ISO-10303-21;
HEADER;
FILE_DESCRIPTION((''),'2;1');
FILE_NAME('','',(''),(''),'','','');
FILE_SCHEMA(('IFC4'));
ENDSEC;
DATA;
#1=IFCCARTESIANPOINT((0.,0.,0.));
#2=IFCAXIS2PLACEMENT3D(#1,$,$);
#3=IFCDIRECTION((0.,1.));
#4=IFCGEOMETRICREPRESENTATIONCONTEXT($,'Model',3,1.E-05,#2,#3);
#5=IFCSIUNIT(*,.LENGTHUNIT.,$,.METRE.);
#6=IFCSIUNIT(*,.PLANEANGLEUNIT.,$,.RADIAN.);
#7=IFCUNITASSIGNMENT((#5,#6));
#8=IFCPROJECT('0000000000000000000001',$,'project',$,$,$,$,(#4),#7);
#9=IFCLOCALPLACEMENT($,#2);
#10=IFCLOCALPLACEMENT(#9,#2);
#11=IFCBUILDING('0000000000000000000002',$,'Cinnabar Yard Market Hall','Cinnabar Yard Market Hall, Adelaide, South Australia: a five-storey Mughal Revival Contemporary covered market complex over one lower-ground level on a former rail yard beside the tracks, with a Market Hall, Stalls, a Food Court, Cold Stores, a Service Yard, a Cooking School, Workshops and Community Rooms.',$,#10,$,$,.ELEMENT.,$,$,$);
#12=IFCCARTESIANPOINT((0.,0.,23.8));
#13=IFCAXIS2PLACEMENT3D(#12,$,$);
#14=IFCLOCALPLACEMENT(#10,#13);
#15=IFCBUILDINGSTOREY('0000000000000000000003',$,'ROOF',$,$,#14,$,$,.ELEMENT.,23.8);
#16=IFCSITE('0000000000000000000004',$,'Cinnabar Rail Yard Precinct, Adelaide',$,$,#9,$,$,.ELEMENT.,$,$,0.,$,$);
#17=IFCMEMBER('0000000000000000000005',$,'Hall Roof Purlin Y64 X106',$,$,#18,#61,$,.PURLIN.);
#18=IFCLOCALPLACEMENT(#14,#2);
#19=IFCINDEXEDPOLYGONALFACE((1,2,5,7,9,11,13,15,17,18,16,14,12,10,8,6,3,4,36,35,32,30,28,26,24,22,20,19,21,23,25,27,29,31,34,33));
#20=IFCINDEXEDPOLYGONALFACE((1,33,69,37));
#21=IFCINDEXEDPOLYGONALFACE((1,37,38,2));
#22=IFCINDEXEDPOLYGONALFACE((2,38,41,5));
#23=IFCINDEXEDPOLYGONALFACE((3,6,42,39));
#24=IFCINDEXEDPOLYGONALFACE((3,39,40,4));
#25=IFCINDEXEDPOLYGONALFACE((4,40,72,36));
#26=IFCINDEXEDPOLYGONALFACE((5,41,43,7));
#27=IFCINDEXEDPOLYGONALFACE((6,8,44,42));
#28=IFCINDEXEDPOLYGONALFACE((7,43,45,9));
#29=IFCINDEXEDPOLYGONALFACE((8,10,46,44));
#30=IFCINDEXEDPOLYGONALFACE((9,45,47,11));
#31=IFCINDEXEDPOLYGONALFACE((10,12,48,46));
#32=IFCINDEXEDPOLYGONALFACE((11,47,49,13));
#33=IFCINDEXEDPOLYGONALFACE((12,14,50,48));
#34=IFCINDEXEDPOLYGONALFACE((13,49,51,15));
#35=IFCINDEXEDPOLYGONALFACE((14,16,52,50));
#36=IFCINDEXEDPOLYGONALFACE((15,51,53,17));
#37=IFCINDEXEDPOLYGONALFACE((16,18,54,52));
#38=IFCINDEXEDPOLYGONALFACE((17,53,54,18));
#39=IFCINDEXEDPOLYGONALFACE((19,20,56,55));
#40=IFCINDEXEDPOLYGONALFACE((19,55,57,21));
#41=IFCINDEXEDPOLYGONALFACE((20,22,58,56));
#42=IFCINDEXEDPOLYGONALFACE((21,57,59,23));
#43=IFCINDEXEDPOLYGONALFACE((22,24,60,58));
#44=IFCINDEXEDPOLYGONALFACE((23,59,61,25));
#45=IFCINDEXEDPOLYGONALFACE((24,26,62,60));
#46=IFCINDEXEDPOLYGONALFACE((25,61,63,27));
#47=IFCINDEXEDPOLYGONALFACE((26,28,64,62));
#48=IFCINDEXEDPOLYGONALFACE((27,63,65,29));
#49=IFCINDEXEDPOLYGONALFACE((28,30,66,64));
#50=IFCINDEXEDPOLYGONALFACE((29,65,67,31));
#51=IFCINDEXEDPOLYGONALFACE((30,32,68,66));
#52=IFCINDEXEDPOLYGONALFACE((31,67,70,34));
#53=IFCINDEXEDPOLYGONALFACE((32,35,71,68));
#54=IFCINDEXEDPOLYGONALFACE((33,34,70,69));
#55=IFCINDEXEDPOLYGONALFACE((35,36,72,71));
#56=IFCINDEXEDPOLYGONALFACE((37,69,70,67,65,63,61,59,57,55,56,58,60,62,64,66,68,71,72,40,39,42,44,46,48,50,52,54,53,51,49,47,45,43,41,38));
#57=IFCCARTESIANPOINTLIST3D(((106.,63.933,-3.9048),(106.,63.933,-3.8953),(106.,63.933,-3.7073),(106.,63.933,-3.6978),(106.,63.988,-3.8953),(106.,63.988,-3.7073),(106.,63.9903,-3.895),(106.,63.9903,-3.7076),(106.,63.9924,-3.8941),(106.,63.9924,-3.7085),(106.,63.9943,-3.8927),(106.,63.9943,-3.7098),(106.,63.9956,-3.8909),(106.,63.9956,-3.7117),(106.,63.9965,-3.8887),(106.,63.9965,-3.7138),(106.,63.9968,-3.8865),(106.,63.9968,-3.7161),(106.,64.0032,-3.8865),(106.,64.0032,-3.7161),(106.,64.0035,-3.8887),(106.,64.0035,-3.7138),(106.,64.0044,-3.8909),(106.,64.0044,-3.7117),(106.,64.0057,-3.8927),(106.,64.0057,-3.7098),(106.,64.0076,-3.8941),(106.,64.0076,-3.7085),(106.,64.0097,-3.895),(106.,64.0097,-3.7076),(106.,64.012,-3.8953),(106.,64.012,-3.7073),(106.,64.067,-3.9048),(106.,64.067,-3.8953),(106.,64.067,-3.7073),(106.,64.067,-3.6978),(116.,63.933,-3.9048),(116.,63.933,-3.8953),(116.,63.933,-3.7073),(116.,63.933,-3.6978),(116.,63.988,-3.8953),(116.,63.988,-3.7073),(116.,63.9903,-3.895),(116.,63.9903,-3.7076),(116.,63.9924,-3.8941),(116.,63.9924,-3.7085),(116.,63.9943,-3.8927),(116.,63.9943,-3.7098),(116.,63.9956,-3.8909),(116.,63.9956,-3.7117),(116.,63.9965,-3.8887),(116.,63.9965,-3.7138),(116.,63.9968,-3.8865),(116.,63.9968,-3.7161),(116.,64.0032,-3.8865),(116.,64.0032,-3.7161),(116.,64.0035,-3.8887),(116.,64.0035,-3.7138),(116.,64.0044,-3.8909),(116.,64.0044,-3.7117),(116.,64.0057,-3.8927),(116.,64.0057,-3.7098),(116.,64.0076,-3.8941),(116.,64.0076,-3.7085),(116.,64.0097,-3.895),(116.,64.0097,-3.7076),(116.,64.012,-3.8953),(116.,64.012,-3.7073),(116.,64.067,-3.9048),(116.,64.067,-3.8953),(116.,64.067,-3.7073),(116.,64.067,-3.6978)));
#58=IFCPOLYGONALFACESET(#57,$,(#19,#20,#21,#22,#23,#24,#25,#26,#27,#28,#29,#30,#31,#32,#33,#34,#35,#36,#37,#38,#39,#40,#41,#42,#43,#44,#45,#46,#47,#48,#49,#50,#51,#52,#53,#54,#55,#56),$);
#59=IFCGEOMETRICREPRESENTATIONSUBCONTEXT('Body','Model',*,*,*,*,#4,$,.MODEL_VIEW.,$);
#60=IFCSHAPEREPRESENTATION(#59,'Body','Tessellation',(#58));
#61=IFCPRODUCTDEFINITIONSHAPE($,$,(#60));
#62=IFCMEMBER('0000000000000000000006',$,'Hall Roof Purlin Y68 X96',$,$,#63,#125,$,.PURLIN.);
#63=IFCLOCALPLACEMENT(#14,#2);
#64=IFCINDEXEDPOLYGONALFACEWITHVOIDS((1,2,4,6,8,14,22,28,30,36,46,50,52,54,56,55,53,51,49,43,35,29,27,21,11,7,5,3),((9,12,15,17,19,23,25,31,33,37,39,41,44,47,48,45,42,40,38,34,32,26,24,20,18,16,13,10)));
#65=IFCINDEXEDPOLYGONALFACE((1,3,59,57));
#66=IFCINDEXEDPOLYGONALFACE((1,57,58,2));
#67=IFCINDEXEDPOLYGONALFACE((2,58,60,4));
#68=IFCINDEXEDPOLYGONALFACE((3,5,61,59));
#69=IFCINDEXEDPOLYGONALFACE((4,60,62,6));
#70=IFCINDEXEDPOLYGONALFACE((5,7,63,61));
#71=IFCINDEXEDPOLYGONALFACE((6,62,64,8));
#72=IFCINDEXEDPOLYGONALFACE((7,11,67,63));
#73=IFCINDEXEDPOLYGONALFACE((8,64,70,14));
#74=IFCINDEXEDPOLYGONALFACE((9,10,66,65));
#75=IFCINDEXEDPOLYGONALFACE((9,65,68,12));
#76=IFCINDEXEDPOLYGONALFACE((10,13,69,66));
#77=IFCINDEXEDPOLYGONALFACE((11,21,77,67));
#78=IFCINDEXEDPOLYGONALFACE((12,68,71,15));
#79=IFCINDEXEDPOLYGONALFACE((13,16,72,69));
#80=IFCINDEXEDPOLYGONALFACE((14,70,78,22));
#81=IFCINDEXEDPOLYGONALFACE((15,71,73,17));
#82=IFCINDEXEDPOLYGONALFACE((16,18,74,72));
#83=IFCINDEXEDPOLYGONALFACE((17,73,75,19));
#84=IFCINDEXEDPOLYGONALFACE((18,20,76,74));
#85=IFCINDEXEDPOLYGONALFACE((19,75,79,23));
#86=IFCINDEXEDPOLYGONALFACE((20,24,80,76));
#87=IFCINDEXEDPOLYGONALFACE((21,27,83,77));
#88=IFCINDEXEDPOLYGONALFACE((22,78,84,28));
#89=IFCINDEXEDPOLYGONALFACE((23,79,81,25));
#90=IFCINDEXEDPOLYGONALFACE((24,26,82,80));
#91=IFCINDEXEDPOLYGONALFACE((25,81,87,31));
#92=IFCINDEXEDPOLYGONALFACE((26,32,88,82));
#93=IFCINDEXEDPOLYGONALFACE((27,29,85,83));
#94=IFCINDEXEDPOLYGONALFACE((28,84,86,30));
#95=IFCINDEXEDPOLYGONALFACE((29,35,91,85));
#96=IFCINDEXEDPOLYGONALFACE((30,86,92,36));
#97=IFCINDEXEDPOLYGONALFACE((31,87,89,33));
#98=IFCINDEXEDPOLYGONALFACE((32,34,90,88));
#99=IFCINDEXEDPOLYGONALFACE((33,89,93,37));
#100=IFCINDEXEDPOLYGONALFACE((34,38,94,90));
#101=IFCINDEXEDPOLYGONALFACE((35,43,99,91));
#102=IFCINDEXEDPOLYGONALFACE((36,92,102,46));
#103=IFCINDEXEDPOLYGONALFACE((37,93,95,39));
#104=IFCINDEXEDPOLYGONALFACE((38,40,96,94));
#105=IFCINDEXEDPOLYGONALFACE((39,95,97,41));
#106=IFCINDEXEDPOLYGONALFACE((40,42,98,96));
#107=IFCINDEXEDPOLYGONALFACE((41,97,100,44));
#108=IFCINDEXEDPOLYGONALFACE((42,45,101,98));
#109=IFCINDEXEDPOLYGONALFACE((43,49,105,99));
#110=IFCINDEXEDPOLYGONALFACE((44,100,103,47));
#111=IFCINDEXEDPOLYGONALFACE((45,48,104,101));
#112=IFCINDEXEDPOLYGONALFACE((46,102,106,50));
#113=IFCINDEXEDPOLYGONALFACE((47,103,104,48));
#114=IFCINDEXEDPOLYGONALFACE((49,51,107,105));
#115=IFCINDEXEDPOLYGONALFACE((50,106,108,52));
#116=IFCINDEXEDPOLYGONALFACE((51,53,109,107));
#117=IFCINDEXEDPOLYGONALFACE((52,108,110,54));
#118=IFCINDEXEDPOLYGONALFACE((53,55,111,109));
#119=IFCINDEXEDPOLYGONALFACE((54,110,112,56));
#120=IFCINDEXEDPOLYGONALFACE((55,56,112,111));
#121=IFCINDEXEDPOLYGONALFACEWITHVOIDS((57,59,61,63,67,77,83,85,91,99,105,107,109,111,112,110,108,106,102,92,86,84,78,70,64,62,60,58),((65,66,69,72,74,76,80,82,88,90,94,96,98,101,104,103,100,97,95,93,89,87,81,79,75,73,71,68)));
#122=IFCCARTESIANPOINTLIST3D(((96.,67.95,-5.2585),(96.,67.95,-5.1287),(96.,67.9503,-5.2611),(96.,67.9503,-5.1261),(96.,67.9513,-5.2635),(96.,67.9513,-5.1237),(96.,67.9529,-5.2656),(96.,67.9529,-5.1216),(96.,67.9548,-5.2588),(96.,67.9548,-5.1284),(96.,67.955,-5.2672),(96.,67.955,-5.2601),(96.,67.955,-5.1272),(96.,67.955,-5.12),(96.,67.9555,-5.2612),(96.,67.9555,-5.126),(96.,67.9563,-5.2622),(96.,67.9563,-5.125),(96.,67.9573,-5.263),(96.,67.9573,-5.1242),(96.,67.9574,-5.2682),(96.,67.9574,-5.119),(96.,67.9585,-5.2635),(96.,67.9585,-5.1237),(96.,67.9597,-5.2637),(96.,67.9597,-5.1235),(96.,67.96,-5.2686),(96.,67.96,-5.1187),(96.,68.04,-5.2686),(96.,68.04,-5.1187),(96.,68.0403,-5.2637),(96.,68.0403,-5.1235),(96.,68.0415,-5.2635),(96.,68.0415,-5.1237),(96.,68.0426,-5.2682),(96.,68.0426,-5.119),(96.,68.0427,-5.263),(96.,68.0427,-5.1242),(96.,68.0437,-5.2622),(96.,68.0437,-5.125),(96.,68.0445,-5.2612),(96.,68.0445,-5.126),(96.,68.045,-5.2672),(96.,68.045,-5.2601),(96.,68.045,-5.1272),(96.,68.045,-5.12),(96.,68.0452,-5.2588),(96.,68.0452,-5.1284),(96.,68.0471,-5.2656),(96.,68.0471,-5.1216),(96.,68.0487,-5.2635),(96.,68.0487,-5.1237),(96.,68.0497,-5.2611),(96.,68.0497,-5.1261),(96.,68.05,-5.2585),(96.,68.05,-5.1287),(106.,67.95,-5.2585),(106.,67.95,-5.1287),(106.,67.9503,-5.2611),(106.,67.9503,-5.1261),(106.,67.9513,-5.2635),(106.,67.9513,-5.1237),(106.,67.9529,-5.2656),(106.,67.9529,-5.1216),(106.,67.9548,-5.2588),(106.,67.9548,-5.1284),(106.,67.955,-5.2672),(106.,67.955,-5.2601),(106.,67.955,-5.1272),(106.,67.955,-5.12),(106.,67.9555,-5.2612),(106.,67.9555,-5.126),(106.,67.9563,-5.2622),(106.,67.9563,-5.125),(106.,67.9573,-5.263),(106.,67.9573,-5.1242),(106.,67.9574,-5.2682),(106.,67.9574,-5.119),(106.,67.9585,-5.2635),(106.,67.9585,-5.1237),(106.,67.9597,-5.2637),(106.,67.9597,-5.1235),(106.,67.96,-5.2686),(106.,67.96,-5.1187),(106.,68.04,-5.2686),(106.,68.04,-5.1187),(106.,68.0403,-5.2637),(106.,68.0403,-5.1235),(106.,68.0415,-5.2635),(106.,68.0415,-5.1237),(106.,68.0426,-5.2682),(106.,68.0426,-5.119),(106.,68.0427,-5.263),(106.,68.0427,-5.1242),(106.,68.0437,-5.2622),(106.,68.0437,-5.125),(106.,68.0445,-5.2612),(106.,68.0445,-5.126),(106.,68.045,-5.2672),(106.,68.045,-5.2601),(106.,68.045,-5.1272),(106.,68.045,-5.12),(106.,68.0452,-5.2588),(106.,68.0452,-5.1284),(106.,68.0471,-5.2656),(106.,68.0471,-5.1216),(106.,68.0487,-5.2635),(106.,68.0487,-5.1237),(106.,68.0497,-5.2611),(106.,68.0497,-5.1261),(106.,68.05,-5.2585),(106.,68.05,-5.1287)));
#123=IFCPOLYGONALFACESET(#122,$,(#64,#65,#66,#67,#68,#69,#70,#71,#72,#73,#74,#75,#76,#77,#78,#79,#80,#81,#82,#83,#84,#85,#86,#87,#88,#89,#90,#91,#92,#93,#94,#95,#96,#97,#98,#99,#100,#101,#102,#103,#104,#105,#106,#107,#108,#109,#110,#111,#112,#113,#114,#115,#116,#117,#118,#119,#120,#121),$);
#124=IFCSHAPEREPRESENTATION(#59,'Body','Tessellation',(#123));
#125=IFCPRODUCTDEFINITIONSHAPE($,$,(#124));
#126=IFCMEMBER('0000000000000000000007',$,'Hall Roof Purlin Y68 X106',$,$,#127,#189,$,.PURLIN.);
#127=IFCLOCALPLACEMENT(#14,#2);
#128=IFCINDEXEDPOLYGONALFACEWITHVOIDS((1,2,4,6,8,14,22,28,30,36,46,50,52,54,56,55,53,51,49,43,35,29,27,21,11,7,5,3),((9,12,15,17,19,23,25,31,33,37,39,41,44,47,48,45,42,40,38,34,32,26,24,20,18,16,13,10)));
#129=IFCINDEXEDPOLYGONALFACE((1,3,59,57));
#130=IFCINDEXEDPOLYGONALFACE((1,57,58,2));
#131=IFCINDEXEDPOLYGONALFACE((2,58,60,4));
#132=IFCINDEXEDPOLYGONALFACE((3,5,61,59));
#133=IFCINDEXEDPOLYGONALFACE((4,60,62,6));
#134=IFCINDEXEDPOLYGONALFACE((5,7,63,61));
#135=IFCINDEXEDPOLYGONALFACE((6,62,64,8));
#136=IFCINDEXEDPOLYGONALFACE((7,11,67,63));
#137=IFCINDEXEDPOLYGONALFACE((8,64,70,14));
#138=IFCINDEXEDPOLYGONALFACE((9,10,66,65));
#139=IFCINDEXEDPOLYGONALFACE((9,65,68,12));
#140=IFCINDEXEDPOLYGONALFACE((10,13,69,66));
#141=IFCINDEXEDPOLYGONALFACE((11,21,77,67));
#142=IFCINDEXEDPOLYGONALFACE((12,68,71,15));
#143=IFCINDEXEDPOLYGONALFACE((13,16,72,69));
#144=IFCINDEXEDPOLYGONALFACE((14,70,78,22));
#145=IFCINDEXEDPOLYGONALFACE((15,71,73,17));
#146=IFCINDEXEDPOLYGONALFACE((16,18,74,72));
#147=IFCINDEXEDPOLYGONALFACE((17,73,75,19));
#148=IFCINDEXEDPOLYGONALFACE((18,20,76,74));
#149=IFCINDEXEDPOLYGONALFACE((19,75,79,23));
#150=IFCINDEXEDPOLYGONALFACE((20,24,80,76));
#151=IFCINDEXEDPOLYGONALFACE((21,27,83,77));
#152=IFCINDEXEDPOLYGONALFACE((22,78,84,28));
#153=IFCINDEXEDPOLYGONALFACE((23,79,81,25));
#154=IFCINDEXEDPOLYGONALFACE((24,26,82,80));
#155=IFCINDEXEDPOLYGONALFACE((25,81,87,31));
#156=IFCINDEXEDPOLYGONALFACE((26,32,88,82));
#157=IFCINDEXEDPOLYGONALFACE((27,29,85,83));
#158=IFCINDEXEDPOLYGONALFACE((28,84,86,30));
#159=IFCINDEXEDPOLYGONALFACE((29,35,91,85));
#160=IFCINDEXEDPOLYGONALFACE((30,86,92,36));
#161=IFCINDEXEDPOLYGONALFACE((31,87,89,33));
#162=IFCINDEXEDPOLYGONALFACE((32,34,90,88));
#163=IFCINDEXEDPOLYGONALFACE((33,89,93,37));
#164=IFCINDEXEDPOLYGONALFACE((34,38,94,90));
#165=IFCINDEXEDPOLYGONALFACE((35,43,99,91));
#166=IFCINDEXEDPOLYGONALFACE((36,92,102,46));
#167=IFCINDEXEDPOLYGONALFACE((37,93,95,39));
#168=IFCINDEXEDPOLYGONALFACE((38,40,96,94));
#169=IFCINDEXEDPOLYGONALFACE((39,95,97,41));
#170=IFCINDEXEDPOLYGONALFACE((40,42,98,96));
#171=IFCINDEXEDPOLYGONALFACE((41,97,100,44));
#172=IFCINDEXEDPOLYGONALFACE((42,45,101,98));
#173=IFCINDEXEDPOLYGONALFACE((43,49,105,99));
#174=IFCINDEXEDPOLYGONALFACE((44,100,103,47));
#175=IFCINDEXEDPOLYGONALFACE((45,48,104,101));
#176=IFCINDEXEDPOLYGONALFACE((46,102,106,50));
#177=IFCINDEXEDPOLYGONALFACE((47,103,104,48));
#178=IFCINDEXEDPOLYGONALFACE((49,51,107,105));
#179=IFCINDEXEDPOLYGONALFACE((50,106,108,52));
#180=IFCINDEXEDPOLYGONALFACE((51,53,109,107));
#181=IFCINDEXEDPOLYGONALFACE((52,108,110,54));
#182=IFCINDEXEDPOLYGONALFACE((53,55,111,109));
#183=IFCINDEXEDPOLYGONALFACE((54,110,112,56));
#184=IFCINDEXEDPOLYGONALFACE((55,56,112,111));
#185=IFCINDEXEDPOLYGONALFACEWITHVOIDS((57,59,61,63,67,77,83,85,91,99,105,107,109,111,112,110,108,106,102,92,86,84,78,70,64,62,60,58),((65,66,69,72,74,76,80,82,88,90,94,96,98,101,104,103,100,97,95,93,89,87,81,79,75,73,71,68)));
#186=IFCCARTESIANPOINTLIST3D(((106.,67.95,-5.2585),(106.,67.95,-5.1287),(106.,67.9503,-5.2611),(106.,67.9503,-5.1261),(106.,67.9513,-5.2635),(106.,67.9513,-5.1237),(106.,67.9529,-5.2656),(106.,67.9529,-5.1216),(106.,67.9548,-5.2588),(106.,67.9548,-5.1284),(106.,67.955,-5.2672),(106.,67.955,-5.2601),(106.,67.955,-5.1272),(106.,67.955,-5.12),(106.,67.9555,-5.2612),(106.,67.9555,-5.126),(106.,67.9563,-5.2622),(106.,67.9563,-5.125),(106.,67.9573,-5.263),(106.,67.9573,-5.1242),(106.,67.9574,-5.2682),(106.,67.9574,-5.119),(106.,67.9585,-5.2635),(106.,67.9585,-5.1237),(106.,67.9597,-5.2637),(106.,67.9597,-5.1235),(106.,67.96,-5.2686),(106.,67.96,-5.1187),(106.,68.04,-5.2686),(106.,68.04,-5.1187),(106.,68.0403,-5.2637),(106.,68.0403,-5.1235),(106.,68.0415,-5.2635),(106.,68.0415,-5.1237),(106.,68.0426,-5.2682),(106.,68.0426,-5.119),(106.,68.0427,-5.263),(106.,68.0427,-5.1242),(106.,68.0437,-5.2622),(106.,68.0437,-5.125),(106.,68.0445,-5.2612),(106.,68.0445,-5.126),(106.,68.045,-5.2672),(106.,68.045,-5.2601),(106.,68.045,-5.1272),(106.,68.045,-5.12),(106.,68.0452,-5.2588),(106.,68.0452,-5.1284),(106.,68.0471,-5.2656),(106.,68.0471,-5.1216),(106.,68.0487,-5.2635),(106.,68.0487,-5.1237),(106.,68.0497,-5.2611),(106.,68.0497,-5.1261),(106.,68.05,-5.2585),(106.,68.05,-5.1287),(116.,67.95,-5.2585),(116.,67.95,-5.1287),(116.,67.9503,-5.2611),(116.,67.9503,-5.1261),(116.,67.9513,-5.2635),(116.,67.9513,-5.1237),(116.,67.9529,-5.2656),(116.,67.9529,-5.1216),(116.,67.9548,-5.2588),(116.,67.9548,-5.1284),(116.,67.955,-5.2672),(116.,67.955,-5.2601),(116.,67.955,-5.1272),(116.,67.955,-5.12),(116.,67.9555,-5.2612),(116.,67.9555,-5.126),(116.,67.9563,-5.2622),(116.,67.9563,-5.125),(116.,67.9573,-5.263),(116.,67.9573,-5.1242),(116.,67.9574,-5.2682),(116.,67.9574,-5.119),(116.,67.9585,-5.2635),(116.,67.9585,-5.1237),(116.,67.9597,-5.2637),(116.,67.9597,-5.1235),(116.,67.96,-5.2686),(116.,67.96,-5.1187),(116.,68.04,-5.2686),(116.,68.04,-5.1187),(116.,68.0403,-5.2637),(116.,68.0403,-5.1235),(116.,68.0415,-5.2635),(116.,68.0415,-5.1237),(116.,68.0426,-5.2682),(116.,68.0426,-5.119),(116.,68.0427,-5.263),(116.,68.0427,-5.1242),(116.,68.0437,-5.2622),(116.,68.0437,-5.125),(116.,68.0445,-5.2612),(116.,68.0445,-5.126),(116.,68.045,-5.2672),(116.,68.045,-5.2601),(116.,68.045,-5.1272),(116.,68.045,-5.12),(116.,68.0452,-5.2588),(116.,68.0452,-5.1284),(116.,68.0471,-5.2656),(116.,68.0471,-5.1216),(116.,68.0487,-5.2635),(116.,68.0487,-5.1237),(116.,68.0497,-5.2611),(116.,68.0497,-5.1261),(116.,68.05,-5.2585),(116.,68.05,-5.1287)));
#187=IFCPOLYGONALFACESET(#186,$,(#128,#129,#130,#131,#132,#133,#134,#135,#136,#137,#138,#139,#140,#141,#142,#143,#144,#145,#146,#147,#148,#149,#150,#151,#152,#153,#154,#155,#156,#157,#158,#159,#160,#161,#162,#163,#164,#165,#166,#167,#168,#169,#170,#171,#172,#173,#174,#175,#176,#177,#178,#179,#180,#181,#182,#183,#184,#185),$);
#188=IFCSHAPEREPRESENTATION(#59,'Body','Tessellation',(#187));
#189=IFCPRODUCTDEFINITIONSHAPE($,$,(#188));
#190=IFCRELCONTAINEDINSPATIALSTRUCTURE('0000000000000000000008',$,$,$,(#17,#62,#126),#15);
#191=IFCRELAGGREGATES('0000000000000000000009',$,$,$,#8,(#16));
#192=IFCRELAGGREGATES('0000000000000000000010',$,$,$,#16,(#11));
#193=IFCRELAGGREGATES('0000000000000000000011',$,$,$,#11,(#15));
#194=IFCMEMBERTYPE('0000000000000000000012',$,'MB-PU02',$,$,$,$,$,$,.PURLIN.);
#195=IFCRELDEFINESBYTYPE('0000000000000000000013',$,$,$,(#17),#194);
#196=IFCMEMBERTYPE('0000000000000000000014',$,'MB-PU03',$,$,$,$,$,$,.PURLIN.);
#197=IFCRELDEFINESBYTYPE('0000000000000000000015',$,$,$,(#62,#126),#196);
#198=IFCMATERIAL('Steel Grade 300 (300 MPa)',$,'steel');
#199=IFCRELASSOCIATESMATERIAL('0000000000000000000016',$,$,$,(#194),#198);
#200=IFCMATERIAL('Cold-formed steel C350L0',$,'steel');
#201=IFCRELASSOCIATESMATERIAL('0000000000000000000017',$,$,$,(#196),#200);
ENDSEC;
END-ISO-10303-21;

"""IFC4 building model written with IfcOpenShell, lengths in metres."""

from ifc_helpers import new_model, si_unit, direction, frame, origin, origin_2d_with_axis, place, context, subcontext, project, spatial, hollow_rectangle, i_section, extrude, material, material_profile, profile_set, type_object, element, save


model = new_model("IFC4")

# Units and contexts
model_context = context("Model", 3, precision=1e-05, world=origin(), true_north=direction((0.0, 1.0)))
body_context = subcontext(model_context, "Body", "Model", "MODEL_VIEW")
ifc_project = project(units=[si_unit("LENGTHUNIT", "METRE"), si_unit("PLANEANGLEUNIT", "RADIAN")], contexts=[model_context])

# Site, building, storey
site_placement = place(None, origin())
site = spatial("IfcSite", under=ifc_project, at=site_placement, Name="Cinnabar Rail Yard Precinct, Adelaide", CompositionType="ELEMENT", RefElevation=0.0)
building_placement = place(site_placement, origin())
building = spatial("IfcBuilding", under=site, at=building_placement, Name="Cinnabar Yard Market Hall", Description="Cinnabar Yard Market Hall, Adelaide, South Australia: a five-storey Mughal Revival Contemporary covered market complex over one lower-ground level on a former rail yard beside the tracks, with a Market Hall, Stalls, a Food Court, Cold Stores, a Service Yard, a Cooking School, Workshops and Community Rooms.", CompositionType="ELEMENT")
storey_placement = place(building_placement, frame((0.0, 0.0, 23.8)))
storey = spatial("IfcBuildingStorey", under=building, at=storey_placement, Name="ROOF", CompositionType="ELEMENT", Elevation=23.8)

# Shared definitions
ifc_material_1 = material(Name="Steel Grade 300 (300 MPa)", Category="steel")

# Members
ifc_material_2 = material(Name="Cold-formed steel C350L0", Category="steel")
ifc_material_profile_1 = material_profile(ifc_material_1, i_section(OverallWidth=0.134, OverallDepth=0.207, WebThickness=0.0063, FlangeThickness=0.0095, FilletRadius=0.0088, at=origin_2d_with_axis()), Name="200UB29.8")
ifc_profile_set_1 = profile_set([ifc_material_profile_1], Name="Steel Grade 300 (300 MPa)")
member_type_1 = type_object("IfcMemberType", Name="MB-PU02", PredefinedType="PURLIN", material=ifc_profile_set_1)
for number, where, z_axis, x_axis, name in (
    (1, (106.0, 64.0, -3.8013), (1.0, 0.0, 0.0), (0.0, 1.0, 0.0), "Hall Roof Purlin Y64 X106"),
):
    element("IfcMember", number, at=place(storey_placement, frame(where, z_axis=z_axis, x_axis=x_axis)), inside=storey, type_object=member_type_1, Name=name, PredefinedType="PURLIN", context=body_context, shape_type="SweptSolid", body=[
        extrude(i_section(OverallWidth=0.134, OverallDepth=0.207, WebThickness=0.0063, FlangeThickness=0.0095, FilletRadius=0.0088, at=origin_2d_with_axis()), origin(), (0.0, 0.0, 1.0), 10.0),
    ])
ifc_material_profile_2 = material_profile(ifc_material_2, hollow_rectangle(XDim=0.1001, YDim=0.1499, WallThickness=0.0049, InnerFilletRadius=0.0049, OuterFilletRadius=0.01, at=origin_2d_with_axis()), Name="150x100x5.0RHS")
ifc_profile_set_2 = profile_set([ifc_material_profile_2], Name="Cold-formed steel C350L0")
member_type_2 = type_object("IfcMemberType", Name="MB-PU03", PredefinedType="PURLIN", material=ifc_profile_set_2)
for number, where, z_axis, x_axis, name in (
    (2, (96.0, 68.0, -5.1936), (1.0, 0.0, 0.0), (0.0, 1.0, 0.0), "Hall Roof Purlin Y68 X96"),
    (3, (106.0, 68.0, -5.1936), (1.0, 0.0, 0.0), (0.0, 1.0, 0.0), "Hall Roof Purlin Y68 X106"),
):
    element("IfcMember", number, at=place(storey_placement, frame(where, z_axis=z_axis, x_axis=x_axis)), inside=storey, type_object=member_type_2, Name=name, PredefinedType="PURLIN", context=body_context, shape_type="SweptSolid", body=[
        extrude(hollow_rectangle(XDim=0.1001, YDim=0.1499, WallThickness=0.0049, InnerFilletRadius=0.0049, OuterFilletRadius=0.01, at=origin_2d_with_axis()), origin(), (0.0, 0.0, 1.0), 10.0),
    ])

save(model, "model.ifc")
